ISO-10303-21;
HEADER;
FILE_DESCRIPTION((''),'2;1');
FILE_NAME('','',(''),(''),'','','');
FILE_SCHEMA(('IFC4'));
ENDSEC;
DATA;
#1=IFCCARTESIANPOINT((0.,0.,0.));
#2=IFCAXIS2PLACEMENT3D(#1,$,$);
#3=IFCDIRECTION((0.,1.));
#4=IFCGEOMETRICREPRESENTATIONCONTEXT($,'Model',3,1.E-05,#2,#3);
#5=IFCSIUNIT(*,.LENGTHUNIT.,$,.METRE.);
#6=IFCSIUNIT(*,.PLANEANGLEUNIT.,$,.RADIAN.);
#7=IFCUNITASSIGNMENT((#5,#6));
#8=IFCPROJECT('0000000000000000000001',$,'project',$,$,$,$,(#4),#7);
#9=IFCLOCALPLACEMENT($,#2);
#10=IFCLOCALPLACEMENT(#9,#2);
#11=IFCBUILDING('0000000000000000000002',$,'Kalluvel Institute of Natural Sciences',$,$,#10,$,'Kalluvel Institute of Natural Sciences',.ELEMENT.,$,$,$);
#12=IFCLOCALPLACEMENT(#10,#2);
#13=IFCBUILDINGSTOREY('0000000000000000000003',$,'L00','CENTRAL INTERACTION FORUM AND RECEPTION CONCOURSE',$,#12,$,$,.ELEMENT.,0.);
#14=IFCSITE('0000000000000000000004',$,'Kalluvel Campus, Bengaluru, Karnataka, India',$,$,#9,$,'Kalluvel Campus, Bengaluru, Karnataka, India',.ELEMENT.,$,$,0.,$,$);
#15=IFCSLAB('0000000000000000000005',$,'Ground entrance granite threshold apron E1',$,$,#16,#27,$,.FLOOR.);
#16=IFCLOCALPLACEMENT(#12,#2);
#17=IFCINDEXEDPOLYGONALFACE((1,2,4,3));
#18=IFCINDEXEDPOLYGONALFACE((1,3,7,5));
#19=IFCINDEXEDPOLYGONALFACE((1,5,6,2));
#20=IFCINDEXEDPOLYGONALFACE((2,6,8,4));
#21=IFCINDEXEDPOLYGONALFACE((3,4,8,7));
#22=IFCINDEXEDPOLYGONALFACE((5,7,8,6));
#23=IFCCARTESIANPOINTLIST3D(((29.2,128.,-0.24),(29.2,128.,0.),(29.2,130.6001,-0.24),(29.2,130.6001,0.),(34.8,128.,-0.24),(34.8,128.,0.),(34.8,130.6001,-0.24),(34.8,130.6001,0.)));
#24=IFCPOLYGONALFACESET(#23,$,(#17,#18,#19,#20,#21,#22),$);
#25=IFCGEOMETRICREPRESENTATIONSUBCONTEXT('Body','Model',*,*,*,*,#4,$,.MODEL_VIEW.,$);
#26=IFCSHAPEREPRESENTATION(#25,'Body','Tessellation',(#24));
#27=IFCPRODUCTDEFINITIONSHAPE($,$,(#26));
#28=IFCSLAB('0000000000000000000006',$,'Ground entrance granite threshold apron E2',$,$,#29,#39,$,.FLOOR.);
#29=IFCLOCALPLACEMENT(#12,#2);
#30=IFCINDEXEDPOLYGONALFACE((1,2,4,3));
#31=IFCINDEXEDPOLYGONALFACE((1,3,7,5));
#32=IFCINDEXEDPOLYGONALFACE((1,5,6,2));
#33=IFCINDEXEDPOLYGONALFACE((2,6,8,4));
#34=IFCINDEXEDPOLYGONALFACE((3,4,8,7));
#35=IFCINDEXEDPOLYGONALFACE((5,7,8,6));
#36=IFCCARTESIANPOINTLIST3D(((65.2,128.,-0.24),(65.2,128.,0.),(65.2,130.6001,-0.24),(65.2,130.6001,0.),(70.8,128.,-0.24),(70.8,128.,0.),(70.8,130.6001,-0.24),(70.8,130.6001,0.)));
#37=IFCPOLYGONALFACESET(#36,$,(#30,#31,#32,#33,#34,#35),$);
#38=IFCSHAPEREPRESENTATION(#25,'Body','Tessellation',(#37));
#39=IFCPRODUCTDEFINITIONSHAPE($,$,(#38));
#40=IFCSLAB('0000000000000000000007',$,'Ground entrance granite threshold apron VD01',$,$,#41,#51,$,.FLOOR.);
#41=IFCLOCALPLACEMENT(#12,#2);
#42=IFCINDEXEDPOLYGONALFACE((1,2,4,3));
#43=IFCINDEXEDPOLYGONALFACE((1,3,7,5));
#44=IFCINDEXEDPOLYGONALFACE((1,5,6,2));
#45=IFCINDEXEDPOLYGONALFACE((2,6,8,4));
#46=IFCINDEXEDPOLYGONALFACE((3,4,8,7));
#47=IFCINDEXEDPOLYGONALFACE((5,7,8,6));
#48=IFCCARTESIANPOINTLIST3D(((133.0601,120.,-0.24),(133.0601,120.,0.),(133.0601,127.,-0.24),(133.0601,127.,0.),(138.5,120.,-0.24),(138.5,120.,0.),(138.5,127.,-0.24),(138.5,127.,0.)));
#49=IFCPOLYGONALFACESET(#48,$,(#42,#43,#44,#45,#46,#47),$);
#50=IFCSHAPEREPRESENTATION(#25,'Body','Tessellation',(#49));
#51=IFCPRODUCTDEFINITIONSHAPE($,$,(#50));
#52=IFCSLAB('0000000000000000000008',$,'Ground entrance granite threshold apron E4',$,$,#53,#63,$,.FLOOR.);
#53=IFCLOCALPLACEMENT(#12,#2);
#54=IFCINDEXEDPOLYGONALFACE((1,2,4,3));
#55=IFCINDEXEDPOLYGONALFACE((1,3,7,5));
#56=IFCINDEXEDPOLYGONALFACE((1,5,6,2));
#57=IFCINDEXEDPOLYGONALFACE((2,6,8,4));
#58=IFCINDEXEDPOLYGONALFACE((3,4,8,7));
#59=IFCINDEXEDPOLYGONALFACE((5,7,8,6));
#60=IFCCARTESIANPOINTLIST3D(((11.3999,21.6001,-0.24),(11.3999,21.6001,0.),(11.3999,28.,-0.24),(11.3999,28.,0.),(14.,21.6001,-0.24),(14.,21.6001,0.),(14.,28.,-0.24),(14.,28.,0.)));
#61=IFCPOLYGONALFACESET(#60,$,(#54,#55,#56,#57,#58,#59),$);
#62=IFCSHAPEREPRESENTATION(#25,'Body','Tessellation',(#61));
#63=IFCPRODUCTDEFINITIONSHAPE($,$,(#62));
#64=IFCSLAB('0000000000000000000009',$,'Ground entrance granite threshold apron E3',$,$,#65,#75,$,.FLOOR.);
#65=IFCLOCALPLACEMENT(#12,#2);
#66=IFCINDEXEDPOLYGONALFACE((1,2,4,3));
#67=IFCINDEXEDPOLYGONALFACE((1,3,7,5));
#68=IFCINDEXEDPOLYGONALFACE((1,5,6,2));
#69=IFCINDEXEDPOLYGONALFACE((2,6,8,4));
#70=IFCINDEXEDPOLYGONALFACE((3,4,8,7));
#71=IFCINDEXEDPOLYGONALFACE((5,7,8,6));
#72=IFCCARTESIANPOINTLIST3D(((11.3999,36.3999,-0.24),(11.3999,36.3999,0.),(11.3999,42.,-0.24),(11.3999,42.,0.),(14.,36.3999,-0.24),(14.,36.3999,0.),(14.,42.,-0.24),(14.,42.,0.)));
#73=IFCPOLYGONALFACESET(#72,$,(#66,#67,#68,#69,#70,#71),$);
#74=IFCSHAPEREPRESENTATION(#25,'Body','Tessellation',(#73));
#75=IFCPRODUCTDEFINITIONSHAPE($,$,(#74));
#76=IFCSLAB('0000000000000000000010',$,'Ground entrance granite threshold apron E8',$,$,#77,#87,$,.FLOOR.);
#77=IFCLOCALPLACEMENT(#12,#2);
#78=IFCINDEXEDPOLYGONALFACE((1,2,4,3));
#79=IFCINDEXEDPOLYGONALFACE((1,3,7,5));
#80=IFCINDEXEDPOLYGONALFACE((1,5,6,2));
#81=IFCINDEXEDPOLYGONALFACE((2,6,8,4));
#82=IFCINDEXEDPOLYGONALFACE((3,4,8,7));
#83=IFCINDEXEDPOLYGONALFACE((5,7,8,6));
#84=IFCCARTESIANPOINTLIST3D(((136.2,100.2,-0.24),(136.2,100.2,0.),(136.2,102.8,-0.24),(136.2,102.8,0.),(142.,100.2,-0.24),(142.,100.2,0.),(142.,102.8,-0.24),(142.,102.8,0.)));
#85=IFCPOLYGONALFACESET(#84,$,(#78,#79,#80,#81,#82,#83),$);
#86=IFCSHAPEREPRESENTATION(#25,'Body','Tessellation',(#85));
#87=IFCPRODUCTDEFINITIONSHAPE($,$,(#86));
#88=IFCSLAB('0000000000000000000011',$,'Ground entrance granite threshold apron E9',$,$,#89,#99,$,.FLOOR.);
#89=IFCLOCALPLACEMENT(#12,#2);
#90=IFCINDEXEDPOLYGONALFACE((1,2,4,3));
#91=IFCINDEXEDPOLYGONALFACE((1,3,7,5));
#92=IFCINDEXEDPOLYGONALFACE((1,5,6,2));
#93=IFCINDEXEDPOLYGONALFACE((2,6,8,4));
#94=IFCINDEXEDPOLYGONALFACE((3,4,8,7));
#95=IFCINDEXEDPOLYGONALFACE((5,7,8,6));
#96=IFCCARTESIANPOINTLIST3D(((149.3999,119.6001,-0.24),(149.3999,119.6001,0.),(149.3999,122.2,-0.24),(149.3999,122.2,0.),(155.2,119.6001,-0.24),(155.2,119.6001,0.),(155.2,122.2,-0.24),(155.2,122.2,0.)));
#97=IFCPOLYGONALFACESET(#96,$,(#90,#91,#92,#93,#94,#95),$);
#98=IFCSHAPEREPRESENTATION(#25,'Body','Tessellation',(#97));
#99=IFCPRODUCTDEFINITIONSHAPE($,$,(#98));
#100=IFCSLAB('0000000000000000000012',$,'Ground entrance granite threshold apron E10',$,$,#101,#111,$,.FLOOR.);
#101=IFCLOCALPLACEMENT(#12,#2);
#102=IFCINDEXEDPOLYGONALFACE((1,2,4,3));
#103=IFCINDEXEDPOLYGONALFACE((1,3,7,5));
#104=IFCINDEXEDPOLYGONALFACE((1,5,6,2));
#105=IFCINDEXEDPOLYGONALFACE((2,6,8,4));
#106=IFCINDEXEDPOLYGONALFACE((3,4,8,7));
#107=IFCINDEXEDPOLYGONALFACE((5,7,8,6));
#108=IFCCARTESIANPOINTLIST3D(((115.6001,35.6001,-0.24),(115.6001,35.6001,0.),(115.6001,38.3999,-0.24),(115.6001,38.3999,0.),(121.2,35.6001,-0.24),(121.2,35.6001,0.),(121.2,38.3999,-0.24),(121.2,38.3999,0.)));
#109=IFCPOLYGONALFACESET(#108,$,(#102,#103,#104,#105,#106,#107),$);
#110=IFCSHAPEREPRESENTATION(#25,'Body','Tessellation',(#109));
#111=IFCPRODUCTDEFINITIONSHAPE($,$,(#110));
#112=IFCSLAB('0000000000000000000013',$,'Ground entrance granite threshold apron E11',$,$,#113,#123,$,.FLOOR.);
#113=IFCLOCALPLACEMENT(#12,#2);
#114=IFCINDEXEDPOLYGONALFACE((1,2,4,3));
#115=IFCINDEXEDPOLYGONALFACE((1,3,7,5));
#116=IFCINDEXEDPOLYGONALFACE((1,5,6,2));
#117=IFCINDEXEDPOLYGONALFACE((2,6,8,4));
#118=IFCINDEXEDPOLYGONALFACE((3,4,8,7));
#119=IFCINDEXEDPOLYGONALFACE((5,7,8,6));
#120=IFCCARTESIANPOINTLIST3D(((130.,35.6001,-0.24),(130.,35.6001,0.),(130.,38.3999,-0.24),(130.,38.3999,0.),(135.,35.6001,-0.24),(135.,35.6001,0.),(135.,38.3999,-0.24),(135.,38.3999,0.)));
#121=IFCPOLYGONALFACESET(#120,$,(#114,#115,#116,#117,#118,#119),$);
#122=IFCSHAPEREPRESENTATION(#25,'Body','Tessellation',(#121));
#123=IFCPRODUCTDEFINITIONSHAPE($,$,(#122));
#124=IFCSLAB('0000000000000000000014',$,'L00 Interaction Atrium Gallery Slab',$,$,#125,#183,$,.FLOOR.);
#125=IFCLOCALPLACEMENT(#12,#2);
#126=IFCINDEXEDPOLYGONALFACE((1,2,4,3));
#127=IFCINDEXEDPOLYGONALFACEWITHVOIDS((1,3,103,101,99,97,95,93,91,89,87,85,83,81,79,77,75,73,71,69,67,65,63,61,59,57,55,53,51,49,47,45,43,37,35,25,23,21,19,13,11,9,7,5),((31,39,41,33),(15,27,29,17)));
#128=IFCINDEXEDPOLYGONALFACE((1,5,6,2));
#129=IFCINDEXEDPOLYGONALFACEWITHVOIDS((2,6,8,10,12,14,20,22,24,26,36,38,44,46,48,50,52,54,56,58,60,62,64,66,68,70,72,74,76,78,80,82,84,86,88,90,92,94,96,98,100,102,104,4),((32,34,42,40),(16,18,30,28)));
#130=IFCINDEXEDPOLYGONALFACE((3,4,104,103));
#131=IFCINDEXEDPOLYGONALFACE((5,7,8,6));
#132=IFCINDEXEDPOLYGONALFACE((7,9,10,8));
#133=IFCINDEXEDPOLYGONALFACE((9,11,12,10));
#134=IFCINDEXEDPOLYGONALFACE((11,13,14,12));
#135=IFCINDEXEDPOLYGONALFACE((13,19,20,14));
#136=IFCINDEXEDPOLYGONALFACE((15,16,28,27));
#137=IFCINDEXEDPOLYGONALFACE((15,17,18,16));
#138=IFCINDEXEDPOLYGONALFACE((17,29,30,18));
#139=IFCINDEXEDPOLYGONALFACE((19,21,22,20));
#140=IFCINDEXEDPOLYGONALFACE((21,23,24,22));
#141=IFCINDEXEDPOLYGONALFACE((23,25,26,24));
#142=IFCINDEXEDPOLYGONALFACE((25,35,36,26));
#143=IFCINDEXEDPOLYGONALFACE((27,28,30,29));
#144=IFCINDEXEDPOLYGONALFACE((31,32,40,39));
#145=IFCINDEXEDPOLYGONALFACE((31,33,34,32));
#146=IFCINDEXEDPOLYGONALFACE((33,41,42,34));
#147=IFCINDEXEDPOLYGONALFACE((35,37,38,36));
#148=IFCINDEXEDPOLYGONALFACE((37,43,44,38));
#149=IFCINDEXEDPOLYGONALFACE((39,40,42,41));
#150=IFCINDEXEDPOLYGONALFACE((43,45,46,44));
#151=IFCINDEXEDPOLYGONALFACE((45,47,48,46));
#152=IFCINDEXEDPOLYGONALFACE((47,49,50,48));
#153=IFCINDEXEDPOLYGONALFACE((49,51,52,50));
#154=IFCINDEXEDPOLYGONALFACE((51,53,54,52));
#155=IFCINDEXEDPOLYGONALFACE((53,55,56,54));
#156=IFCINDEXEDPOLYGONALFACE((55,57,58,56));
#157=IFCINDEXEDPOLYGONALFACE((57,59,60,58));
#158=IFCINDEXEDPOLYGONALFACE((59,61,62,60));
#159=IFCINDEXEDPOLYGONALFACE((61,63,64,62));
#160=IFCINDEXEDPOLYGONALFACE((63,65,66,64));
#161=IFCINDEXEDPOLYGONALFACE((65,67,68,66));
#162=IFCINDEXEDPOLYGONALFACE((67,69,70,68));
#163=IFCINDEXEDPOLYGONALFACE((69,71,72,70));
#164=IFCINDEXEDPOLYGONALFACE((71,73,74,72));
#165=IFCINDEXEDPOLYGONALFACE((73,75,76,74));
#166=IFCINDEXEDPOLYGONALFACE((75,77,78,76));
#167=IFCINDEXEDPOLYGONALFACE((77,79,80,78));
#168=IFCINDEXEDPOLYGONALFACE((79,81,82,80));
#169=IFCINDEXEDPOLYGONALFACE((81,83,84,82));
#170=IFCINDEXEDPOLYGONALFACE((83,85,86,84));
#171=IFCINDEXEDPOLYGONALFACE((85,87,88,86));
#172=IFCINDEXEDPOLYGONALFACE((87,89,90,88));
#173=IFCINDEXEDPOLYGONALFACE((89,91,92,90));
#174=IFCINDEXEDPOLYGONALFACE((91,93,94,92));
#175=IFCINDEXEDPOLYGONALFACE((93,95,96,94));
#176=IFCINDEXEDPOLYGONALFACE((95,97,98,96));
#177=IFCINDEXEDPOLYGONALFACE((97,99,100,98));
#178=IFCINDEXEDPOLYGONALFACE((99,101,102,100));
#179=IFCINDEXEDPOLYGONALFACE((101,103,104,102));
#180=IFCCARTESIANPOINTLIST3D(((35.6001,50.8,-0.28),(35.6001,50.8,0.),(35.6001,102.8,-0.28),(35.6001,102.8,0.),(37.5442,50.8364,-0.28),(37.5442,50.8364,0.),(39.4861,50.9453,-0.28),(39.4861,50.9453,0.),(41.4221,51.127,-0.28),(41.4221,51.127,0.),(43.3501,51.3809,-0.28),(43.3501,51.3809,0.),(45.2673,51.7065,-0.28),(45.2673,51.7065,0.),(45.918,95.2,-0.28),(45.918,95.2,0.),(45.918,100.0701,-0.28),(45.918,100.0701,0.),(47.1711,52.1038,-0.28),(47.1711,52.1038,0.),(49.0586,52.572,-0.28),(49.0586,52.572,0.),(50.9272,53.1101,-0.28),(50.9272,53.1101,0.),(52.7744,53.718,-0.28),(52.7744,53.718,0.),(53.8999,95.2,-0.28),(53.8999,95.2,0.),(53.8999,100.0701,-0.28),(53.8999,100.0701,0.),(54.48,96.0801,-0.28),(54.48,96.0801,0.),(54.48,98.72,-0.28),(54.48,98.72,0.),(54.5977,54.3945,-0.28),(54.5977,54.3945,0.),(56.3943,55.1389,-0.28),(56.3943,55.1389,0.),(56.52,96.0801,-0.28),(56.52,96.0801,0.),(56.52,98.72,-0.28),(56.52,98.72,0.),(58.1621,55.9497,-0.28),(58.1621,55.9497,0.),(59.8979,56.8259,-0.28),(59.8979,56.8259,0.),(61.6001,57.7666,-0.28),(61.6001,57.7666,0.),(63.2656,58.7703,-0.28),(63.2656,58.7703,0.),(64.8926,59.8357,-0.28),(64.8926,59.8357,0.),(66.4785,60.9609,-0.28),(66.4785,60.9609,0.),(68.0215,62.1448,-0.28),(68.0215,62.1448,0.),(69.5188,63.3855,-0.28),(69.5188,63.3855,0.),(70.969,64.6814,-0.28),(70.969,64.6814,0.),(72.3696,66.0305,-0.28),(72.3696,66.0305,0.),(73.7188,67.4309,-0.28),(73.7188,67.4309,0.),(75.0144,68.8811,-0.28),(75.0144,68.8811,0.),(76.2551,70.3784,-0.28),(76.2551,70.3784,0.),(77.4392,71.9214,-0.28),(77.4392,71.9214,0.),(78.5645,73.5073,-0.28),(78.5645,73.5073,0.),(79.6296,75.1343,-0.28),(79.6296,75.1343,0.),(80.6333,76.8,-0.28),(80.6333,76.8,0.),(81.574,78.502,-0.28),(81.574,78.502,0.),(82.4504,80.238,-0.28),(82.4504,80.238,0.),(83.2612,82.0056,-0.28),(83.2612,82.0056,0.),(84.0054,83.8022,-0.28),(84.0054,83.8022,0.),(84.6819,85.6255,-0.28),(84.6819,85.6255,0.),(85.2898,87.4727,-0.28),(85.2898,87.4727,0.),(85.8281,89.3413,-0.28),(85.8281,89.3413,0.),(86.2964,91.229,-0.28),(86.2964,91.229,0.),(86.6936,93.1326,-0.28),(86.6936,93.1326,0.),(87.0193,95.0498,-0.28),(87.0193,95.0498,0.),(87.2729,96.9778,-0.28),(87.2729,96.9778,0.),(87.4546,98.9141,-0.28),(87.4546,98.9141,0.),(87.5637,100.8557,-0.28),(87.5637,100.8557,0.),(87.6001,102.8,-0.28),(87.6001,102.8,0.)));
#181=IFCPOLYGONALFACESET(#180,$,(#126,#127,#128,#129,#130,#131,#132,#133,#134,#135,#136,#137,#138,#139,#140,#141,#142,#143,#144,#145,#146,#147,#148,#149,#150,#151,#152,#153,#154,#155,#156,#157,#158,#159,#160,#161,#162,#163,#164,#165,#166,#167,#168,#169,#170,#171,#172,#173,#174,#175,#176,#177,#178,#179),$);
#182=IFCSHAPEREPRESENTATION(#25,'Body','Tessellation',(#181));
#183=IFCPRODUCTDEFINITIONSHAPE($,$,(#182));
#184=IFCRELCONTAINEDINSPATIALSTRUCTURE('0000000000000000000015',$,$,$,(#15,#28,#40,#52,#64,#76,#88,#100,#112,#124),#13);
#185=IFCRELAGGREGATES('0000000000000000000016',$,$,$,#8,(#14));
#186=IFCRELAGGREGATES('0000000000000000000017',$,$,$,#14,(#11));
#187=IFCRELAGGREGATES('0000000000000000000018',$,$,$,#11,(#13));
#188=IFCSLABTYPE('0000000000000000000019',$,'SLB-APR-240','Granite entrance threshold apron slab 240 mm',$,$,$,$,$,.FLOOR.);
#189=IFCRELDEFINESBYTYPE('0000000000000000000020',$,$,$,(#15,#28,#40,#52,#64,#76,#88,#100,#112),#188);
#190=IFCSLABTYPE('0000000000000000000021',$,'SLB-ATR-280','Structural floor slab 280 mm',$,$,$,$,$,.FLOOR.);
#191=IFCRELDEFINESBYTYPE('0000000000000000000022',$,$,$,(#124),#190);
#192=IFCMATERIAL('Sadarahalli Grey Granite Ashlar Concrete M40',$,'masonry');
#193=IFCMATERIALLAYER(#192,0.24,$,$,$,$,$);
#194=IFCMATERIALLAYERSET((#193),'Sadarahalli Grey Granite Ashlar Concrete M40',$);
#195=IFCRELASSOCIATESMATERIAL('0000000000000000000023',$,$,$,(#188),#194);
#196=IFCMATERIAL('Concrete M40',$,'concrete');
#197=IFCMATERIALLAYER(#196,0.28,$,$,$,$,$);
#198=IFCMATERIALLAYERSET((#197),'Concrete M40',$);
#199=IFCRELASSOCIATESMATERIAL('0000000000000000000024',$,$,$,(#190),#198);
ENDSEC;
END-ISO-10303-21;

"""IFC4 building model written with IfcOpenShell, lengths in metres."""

from ifc_helpers import new_model, si_unit, direction, frame, origin, place, context, subcontext, project, spatial, polyline, outline, extrude, material, layer, layer_set, type_object, element, save


model = new_model("IFC4")

# Units and contexts
model_context = context("Model", 3, precision=1e-05, world=origin(), true_north=direction((0.0, 1.0)))
body_context = subcontext(model_context, "Body", "Model", "MODEL_VIEW")
ifc_project = project(units=[si_unit("LENGTHUNIT", "METRE"), si_unit("PLANEANGLEUNIT", "RADIAN")], contexts=[model_context])

# Site, building, storey
site_placement = place(None, origin())
site = spatial("IfcSite", under=ifc_project, at=site_placement, Name="Kalluvel Campus, Bengaluru, Karnataka, India", LongName="Kalluvel Campus, Bengaluru, Karnataka, India", CompositionType="ELEMENT", RefElevation=0.0)
building_placement = place(site_placement, origin())
building = spatial("IfcBuilding", under=site, at=building_placement, Name="Kalluvel Institute of Natural Sciences", LongName="Kalluvel Institute of Natural Sciences", CompositionType="ELEMENT")
storey_placement = place(building_placement, origin())
storey = spatial("IfcBuildingStorey", under=building, at=storey_placement, Name="L00", Description="CENTRAL INTERACTION FORUM AND RECEPTION CONCOURSE", CompositionType="ELEMENT", Elevation=0.0)

# Slabs
ifc_material_1 = material(Name="Sadarahalli Grey Granite Ashlar Concrete M40", Category="masonry")
ifc_layer_1 = layer(ifc_material_1, 0.24)
ifc_layer_set_1 = layer_set([ifc_layer_1], Name="Sadarahalli Grey Granite Ashlar Concrete M40")
slab_type_1 = type_object("IfcSlabType", Name="SLB-APR-240", Description="Granite entrance threshold apron slab 240 mm", PredefinedType="FLOOR", material=ifc_layer_set_1)
slab_1_placement = place(storey_placement, frame((0.0, 0.0, -0.24)))
element("IfcSlab", 1, at=slab_1_placement, inside=storey, type_object=slab_type_1, Name="Ground entrance granite threshold apron E1", PredefinedType="FLOOR", context=body_context, shape_type="SweptSolid", body=[
    extrude(outline(polyline([(29.2, 128.0), (34.8, 128.0), (34.8, 130.6001), (29.2, 130.6001), (29.2, 128.0)])), origin(), (0.0, 0.0, 1.0), 0.24),
])
slab_2_placement = place(storey_placement, frame((0.0, 0.0, -0.24)))
element("IfcSlab", 2, at=slab_2_placement, inside=storey, type_object=slab_type_1, Name="Ground entrance granite threshold apron E2", PredefinedType="FLOOR", context=body_context, shape_type="SweptSolid", body=[
    extrude(outline(polyline([(65.2, 128.0), (70.8, 128.0), (70.8, 130.6001), (65.2, 130.6001), (65.2, 128.0)])), origin(), (0.0, 0.0, 1.0), 0.24),
])
slab_3_placement = place(storey_placement, frame((0.0, 0.0, -0.24)))
element("IfcSlab", 3, at=slab_3_placement, inside=storey, type_object=slab_type_1, Name="Ground entrance granite threshold apron VD01", PredefinedType="FLOOR", context=body_context, shape_type="SweptSolid", body=[
    extrude(outline(polyline([(133.0601, 120.0), (138.5, 120.0), (138.5, 127.0), (133.0601, 127.0), (133.0601, 120.0)])), origin(), (0.0, 0.0, 1.0), 0.24),
])
slab_4_placement = place(storey_placement, frame((0.0, 0.0, -0.24)))
element("IfcSlab", 4, at=slab_4_placement, inside=storey, type_object=slab_type_1, Name="Ground entrance granite threshold apron E4", PredefinedType="FLOOR", context=body_context, shape_type="SweptSolid", body=[
    extrude(outline(polyline([(11.3999, 21.6001), (14.0, 21.6001), (14.0, 28.0), (11.3999, 28.0), (11.3999, 21.6001)])), origin(), (0.0, 0.0, 1.0), 0.24),
])
slab_5_placement = place(storey_placement, frame((0.0, 0.0, -0.24)))
element("IfcSlab", 5, at=slab_5_placement, inside=storey, type_object=slab_type_1, Name="Ground entrance granite threshold apron E3", PredefinedType="FLOOR", context=body_context, shape_type="SweptSolid", body=[
    extrude(outline(polyline([(11.3999, 36.3999), (14.0, 36.3999), (14.0, 42.0), (11.3999, 42.0), (11.3999, 36.3999)])), origin(), (0.0, 0.0, 1.0), 0.24),
])
slab_6_placement = place(storey_placement, frame((0.0, 0.0, -0.24)))
element("IfcSlab", 6, at=slab_6_placement, inside=storey, type_object=slab_type_1, Name="Ground entrance granite threshold apron E8", PredefinedType="FLOOR", context=body_context, shape_type="SweptSolid", body=[
    extrude(outline(polyline([(136.2, 100.2), (142.0, 100.2), (142.0, 102.8), (136.2, 102.8), (136.2, 100.2)])), origin(), (0.0, 0.0, 1.0), 0.24),
])
slab_7_placement = place(storey_placement, frame((0.0, 0.0, -0.24)))
element("IfcSlab", 7, at=slab_7_placement, inside=storey, type_object=slab_type_1, Name="Ground entrance granite threshold apron E9", PredefinedType="FLOOR", context=body_context, shape_type="SweptSolid", body=[
    extrude(outline(polyline([(149.3999, 119.6001), (155.2, 119.6001), (155.2, 122.2), (149.3999, 122.2), (149.3999, 119.6001)])), origin(), (0.0, 0.0, 1.0), 0.24),
])
slab_8_placement = place(storey_placement, frame((0.0, 0.0, -0.24)))
element("IfcSlab", 8, at=slab_8_placement, inside=storey, type_object=slab_type_1, Name="Ground entrance granite threshold apron E10", PredefinedType="FLOOR", context=body_context, shape_type="SweptSolid", body=[
    extrude(outline(polyline([(115.6001, 35.6001), (121.2, 35.6001), (121.2, 38.3999), (115.6001, 38.3999), (115.6001, 35.6001)])), origin(), (0.0, 0.0, 1.0), 0.24),
])
slab_9_placement = place(storey_placement, frame((0.0, 0.0, -0.24)))
element("IfcSlab", 9, at=slab_9_placement, inside=storey, type_object=slab_type_1, Name="Ground entrance granite threshold apron E11", PredefinedType="FLOOR", context=body_context, shape_type="SweptSolid", body=[
    extrude(outline(polyline([(130.0, 35.6001), (135.0, 35.6001), (135.0, 38.3999), (130.0, 38.3999), (130.0, 35.6001)])), origin(), (0.0, 0.0, 1.0), 0.24),
])
ifc_material_2 = material(Name="Concrete M40", Category="concrete")
ifc_layer_2 = layer(ifc_material_2, 0.28)
ifc_layer_set_2 = layer_set([ifc_layer_2], Name="Concrete M40")
slab_type_2 = type_object("IfcSlabType", Name="SLB-ATR-280", Description="Structural floor slab 280 mm", PredefinedType="FLOOR", material=ifc_layer_set_2)
slab_10_placement = place(storey_placement, frame((0.0, 0.0, -0.28)))
element("IfcSlab", 10, at=slab_10_placement, inside=storey, type_object=slab_type_2, Name="L00 Interaction Atrium Gallery Slab", PredefinedType="FLOOR", context=body_context, shape_type="SweptSolid", body=[
    extrude(outline(polyline([(35.6001, 102.8), (35.6001, 50.8), (37.5442, 50.8364), (39.4861, 50.9453), (41.4221, 51.127), (43.3501, 51.3809), (45.2673, 51.7065), (47.1711, 52.1038), (49.0586, 52.572), (50.9272, 53.1101), (52.7744, 53.718), (54.5977, 54.3945), (56.3943, 55.1389), (58.1621, 55.9497), (59.8979, 56.8259), (61.6001, 57.7666), (63.2656, 58.7703), (64.8926, 59.8357), (66.4785, 60.9609), (68.0215, 62.1448), (69.5188, 63.3855), (70.969, 64.6814), (72.3696, 66.0305), (73.7188, 67.4309), (75.0144, 68.8811), (76.2551, 70.3784), (77.4392, 71.9214), (78.5645, 73.5073), (79.6296, 75.1343), (80.6333, 76.8), (81.574, 78.502), (82.4504, 80.238), (83.2612, 82.0056), (84.0054, 83.8022), (84.6819, 85.6255), (85.2898, 87.4727), (85.8281, 89.3413), (86.2964, 91.229), (86.6936, 93.1326), (87.0193, 95.0498), (87.2729, 96.9778), (87.4546, 98.9141), (87.5637, 100.8557), (87.6001, 102.8), (35.6001, 102.8)]), holes=[polyline([(45.918, 95.2), (53.8999, 95.2), (53.8999, 100.0701), (45.918, 100.0701), (45.918, 95.2)]), polyline([(54.48, 96.0801), (56.52, 96.0801), (56.52, 98.72), (54.48, 98.72), (54.48, 96.0801)])]), origin(), (0.0, 0.0, 1.0), 0.28),
])

save(model, "model.ifc")
